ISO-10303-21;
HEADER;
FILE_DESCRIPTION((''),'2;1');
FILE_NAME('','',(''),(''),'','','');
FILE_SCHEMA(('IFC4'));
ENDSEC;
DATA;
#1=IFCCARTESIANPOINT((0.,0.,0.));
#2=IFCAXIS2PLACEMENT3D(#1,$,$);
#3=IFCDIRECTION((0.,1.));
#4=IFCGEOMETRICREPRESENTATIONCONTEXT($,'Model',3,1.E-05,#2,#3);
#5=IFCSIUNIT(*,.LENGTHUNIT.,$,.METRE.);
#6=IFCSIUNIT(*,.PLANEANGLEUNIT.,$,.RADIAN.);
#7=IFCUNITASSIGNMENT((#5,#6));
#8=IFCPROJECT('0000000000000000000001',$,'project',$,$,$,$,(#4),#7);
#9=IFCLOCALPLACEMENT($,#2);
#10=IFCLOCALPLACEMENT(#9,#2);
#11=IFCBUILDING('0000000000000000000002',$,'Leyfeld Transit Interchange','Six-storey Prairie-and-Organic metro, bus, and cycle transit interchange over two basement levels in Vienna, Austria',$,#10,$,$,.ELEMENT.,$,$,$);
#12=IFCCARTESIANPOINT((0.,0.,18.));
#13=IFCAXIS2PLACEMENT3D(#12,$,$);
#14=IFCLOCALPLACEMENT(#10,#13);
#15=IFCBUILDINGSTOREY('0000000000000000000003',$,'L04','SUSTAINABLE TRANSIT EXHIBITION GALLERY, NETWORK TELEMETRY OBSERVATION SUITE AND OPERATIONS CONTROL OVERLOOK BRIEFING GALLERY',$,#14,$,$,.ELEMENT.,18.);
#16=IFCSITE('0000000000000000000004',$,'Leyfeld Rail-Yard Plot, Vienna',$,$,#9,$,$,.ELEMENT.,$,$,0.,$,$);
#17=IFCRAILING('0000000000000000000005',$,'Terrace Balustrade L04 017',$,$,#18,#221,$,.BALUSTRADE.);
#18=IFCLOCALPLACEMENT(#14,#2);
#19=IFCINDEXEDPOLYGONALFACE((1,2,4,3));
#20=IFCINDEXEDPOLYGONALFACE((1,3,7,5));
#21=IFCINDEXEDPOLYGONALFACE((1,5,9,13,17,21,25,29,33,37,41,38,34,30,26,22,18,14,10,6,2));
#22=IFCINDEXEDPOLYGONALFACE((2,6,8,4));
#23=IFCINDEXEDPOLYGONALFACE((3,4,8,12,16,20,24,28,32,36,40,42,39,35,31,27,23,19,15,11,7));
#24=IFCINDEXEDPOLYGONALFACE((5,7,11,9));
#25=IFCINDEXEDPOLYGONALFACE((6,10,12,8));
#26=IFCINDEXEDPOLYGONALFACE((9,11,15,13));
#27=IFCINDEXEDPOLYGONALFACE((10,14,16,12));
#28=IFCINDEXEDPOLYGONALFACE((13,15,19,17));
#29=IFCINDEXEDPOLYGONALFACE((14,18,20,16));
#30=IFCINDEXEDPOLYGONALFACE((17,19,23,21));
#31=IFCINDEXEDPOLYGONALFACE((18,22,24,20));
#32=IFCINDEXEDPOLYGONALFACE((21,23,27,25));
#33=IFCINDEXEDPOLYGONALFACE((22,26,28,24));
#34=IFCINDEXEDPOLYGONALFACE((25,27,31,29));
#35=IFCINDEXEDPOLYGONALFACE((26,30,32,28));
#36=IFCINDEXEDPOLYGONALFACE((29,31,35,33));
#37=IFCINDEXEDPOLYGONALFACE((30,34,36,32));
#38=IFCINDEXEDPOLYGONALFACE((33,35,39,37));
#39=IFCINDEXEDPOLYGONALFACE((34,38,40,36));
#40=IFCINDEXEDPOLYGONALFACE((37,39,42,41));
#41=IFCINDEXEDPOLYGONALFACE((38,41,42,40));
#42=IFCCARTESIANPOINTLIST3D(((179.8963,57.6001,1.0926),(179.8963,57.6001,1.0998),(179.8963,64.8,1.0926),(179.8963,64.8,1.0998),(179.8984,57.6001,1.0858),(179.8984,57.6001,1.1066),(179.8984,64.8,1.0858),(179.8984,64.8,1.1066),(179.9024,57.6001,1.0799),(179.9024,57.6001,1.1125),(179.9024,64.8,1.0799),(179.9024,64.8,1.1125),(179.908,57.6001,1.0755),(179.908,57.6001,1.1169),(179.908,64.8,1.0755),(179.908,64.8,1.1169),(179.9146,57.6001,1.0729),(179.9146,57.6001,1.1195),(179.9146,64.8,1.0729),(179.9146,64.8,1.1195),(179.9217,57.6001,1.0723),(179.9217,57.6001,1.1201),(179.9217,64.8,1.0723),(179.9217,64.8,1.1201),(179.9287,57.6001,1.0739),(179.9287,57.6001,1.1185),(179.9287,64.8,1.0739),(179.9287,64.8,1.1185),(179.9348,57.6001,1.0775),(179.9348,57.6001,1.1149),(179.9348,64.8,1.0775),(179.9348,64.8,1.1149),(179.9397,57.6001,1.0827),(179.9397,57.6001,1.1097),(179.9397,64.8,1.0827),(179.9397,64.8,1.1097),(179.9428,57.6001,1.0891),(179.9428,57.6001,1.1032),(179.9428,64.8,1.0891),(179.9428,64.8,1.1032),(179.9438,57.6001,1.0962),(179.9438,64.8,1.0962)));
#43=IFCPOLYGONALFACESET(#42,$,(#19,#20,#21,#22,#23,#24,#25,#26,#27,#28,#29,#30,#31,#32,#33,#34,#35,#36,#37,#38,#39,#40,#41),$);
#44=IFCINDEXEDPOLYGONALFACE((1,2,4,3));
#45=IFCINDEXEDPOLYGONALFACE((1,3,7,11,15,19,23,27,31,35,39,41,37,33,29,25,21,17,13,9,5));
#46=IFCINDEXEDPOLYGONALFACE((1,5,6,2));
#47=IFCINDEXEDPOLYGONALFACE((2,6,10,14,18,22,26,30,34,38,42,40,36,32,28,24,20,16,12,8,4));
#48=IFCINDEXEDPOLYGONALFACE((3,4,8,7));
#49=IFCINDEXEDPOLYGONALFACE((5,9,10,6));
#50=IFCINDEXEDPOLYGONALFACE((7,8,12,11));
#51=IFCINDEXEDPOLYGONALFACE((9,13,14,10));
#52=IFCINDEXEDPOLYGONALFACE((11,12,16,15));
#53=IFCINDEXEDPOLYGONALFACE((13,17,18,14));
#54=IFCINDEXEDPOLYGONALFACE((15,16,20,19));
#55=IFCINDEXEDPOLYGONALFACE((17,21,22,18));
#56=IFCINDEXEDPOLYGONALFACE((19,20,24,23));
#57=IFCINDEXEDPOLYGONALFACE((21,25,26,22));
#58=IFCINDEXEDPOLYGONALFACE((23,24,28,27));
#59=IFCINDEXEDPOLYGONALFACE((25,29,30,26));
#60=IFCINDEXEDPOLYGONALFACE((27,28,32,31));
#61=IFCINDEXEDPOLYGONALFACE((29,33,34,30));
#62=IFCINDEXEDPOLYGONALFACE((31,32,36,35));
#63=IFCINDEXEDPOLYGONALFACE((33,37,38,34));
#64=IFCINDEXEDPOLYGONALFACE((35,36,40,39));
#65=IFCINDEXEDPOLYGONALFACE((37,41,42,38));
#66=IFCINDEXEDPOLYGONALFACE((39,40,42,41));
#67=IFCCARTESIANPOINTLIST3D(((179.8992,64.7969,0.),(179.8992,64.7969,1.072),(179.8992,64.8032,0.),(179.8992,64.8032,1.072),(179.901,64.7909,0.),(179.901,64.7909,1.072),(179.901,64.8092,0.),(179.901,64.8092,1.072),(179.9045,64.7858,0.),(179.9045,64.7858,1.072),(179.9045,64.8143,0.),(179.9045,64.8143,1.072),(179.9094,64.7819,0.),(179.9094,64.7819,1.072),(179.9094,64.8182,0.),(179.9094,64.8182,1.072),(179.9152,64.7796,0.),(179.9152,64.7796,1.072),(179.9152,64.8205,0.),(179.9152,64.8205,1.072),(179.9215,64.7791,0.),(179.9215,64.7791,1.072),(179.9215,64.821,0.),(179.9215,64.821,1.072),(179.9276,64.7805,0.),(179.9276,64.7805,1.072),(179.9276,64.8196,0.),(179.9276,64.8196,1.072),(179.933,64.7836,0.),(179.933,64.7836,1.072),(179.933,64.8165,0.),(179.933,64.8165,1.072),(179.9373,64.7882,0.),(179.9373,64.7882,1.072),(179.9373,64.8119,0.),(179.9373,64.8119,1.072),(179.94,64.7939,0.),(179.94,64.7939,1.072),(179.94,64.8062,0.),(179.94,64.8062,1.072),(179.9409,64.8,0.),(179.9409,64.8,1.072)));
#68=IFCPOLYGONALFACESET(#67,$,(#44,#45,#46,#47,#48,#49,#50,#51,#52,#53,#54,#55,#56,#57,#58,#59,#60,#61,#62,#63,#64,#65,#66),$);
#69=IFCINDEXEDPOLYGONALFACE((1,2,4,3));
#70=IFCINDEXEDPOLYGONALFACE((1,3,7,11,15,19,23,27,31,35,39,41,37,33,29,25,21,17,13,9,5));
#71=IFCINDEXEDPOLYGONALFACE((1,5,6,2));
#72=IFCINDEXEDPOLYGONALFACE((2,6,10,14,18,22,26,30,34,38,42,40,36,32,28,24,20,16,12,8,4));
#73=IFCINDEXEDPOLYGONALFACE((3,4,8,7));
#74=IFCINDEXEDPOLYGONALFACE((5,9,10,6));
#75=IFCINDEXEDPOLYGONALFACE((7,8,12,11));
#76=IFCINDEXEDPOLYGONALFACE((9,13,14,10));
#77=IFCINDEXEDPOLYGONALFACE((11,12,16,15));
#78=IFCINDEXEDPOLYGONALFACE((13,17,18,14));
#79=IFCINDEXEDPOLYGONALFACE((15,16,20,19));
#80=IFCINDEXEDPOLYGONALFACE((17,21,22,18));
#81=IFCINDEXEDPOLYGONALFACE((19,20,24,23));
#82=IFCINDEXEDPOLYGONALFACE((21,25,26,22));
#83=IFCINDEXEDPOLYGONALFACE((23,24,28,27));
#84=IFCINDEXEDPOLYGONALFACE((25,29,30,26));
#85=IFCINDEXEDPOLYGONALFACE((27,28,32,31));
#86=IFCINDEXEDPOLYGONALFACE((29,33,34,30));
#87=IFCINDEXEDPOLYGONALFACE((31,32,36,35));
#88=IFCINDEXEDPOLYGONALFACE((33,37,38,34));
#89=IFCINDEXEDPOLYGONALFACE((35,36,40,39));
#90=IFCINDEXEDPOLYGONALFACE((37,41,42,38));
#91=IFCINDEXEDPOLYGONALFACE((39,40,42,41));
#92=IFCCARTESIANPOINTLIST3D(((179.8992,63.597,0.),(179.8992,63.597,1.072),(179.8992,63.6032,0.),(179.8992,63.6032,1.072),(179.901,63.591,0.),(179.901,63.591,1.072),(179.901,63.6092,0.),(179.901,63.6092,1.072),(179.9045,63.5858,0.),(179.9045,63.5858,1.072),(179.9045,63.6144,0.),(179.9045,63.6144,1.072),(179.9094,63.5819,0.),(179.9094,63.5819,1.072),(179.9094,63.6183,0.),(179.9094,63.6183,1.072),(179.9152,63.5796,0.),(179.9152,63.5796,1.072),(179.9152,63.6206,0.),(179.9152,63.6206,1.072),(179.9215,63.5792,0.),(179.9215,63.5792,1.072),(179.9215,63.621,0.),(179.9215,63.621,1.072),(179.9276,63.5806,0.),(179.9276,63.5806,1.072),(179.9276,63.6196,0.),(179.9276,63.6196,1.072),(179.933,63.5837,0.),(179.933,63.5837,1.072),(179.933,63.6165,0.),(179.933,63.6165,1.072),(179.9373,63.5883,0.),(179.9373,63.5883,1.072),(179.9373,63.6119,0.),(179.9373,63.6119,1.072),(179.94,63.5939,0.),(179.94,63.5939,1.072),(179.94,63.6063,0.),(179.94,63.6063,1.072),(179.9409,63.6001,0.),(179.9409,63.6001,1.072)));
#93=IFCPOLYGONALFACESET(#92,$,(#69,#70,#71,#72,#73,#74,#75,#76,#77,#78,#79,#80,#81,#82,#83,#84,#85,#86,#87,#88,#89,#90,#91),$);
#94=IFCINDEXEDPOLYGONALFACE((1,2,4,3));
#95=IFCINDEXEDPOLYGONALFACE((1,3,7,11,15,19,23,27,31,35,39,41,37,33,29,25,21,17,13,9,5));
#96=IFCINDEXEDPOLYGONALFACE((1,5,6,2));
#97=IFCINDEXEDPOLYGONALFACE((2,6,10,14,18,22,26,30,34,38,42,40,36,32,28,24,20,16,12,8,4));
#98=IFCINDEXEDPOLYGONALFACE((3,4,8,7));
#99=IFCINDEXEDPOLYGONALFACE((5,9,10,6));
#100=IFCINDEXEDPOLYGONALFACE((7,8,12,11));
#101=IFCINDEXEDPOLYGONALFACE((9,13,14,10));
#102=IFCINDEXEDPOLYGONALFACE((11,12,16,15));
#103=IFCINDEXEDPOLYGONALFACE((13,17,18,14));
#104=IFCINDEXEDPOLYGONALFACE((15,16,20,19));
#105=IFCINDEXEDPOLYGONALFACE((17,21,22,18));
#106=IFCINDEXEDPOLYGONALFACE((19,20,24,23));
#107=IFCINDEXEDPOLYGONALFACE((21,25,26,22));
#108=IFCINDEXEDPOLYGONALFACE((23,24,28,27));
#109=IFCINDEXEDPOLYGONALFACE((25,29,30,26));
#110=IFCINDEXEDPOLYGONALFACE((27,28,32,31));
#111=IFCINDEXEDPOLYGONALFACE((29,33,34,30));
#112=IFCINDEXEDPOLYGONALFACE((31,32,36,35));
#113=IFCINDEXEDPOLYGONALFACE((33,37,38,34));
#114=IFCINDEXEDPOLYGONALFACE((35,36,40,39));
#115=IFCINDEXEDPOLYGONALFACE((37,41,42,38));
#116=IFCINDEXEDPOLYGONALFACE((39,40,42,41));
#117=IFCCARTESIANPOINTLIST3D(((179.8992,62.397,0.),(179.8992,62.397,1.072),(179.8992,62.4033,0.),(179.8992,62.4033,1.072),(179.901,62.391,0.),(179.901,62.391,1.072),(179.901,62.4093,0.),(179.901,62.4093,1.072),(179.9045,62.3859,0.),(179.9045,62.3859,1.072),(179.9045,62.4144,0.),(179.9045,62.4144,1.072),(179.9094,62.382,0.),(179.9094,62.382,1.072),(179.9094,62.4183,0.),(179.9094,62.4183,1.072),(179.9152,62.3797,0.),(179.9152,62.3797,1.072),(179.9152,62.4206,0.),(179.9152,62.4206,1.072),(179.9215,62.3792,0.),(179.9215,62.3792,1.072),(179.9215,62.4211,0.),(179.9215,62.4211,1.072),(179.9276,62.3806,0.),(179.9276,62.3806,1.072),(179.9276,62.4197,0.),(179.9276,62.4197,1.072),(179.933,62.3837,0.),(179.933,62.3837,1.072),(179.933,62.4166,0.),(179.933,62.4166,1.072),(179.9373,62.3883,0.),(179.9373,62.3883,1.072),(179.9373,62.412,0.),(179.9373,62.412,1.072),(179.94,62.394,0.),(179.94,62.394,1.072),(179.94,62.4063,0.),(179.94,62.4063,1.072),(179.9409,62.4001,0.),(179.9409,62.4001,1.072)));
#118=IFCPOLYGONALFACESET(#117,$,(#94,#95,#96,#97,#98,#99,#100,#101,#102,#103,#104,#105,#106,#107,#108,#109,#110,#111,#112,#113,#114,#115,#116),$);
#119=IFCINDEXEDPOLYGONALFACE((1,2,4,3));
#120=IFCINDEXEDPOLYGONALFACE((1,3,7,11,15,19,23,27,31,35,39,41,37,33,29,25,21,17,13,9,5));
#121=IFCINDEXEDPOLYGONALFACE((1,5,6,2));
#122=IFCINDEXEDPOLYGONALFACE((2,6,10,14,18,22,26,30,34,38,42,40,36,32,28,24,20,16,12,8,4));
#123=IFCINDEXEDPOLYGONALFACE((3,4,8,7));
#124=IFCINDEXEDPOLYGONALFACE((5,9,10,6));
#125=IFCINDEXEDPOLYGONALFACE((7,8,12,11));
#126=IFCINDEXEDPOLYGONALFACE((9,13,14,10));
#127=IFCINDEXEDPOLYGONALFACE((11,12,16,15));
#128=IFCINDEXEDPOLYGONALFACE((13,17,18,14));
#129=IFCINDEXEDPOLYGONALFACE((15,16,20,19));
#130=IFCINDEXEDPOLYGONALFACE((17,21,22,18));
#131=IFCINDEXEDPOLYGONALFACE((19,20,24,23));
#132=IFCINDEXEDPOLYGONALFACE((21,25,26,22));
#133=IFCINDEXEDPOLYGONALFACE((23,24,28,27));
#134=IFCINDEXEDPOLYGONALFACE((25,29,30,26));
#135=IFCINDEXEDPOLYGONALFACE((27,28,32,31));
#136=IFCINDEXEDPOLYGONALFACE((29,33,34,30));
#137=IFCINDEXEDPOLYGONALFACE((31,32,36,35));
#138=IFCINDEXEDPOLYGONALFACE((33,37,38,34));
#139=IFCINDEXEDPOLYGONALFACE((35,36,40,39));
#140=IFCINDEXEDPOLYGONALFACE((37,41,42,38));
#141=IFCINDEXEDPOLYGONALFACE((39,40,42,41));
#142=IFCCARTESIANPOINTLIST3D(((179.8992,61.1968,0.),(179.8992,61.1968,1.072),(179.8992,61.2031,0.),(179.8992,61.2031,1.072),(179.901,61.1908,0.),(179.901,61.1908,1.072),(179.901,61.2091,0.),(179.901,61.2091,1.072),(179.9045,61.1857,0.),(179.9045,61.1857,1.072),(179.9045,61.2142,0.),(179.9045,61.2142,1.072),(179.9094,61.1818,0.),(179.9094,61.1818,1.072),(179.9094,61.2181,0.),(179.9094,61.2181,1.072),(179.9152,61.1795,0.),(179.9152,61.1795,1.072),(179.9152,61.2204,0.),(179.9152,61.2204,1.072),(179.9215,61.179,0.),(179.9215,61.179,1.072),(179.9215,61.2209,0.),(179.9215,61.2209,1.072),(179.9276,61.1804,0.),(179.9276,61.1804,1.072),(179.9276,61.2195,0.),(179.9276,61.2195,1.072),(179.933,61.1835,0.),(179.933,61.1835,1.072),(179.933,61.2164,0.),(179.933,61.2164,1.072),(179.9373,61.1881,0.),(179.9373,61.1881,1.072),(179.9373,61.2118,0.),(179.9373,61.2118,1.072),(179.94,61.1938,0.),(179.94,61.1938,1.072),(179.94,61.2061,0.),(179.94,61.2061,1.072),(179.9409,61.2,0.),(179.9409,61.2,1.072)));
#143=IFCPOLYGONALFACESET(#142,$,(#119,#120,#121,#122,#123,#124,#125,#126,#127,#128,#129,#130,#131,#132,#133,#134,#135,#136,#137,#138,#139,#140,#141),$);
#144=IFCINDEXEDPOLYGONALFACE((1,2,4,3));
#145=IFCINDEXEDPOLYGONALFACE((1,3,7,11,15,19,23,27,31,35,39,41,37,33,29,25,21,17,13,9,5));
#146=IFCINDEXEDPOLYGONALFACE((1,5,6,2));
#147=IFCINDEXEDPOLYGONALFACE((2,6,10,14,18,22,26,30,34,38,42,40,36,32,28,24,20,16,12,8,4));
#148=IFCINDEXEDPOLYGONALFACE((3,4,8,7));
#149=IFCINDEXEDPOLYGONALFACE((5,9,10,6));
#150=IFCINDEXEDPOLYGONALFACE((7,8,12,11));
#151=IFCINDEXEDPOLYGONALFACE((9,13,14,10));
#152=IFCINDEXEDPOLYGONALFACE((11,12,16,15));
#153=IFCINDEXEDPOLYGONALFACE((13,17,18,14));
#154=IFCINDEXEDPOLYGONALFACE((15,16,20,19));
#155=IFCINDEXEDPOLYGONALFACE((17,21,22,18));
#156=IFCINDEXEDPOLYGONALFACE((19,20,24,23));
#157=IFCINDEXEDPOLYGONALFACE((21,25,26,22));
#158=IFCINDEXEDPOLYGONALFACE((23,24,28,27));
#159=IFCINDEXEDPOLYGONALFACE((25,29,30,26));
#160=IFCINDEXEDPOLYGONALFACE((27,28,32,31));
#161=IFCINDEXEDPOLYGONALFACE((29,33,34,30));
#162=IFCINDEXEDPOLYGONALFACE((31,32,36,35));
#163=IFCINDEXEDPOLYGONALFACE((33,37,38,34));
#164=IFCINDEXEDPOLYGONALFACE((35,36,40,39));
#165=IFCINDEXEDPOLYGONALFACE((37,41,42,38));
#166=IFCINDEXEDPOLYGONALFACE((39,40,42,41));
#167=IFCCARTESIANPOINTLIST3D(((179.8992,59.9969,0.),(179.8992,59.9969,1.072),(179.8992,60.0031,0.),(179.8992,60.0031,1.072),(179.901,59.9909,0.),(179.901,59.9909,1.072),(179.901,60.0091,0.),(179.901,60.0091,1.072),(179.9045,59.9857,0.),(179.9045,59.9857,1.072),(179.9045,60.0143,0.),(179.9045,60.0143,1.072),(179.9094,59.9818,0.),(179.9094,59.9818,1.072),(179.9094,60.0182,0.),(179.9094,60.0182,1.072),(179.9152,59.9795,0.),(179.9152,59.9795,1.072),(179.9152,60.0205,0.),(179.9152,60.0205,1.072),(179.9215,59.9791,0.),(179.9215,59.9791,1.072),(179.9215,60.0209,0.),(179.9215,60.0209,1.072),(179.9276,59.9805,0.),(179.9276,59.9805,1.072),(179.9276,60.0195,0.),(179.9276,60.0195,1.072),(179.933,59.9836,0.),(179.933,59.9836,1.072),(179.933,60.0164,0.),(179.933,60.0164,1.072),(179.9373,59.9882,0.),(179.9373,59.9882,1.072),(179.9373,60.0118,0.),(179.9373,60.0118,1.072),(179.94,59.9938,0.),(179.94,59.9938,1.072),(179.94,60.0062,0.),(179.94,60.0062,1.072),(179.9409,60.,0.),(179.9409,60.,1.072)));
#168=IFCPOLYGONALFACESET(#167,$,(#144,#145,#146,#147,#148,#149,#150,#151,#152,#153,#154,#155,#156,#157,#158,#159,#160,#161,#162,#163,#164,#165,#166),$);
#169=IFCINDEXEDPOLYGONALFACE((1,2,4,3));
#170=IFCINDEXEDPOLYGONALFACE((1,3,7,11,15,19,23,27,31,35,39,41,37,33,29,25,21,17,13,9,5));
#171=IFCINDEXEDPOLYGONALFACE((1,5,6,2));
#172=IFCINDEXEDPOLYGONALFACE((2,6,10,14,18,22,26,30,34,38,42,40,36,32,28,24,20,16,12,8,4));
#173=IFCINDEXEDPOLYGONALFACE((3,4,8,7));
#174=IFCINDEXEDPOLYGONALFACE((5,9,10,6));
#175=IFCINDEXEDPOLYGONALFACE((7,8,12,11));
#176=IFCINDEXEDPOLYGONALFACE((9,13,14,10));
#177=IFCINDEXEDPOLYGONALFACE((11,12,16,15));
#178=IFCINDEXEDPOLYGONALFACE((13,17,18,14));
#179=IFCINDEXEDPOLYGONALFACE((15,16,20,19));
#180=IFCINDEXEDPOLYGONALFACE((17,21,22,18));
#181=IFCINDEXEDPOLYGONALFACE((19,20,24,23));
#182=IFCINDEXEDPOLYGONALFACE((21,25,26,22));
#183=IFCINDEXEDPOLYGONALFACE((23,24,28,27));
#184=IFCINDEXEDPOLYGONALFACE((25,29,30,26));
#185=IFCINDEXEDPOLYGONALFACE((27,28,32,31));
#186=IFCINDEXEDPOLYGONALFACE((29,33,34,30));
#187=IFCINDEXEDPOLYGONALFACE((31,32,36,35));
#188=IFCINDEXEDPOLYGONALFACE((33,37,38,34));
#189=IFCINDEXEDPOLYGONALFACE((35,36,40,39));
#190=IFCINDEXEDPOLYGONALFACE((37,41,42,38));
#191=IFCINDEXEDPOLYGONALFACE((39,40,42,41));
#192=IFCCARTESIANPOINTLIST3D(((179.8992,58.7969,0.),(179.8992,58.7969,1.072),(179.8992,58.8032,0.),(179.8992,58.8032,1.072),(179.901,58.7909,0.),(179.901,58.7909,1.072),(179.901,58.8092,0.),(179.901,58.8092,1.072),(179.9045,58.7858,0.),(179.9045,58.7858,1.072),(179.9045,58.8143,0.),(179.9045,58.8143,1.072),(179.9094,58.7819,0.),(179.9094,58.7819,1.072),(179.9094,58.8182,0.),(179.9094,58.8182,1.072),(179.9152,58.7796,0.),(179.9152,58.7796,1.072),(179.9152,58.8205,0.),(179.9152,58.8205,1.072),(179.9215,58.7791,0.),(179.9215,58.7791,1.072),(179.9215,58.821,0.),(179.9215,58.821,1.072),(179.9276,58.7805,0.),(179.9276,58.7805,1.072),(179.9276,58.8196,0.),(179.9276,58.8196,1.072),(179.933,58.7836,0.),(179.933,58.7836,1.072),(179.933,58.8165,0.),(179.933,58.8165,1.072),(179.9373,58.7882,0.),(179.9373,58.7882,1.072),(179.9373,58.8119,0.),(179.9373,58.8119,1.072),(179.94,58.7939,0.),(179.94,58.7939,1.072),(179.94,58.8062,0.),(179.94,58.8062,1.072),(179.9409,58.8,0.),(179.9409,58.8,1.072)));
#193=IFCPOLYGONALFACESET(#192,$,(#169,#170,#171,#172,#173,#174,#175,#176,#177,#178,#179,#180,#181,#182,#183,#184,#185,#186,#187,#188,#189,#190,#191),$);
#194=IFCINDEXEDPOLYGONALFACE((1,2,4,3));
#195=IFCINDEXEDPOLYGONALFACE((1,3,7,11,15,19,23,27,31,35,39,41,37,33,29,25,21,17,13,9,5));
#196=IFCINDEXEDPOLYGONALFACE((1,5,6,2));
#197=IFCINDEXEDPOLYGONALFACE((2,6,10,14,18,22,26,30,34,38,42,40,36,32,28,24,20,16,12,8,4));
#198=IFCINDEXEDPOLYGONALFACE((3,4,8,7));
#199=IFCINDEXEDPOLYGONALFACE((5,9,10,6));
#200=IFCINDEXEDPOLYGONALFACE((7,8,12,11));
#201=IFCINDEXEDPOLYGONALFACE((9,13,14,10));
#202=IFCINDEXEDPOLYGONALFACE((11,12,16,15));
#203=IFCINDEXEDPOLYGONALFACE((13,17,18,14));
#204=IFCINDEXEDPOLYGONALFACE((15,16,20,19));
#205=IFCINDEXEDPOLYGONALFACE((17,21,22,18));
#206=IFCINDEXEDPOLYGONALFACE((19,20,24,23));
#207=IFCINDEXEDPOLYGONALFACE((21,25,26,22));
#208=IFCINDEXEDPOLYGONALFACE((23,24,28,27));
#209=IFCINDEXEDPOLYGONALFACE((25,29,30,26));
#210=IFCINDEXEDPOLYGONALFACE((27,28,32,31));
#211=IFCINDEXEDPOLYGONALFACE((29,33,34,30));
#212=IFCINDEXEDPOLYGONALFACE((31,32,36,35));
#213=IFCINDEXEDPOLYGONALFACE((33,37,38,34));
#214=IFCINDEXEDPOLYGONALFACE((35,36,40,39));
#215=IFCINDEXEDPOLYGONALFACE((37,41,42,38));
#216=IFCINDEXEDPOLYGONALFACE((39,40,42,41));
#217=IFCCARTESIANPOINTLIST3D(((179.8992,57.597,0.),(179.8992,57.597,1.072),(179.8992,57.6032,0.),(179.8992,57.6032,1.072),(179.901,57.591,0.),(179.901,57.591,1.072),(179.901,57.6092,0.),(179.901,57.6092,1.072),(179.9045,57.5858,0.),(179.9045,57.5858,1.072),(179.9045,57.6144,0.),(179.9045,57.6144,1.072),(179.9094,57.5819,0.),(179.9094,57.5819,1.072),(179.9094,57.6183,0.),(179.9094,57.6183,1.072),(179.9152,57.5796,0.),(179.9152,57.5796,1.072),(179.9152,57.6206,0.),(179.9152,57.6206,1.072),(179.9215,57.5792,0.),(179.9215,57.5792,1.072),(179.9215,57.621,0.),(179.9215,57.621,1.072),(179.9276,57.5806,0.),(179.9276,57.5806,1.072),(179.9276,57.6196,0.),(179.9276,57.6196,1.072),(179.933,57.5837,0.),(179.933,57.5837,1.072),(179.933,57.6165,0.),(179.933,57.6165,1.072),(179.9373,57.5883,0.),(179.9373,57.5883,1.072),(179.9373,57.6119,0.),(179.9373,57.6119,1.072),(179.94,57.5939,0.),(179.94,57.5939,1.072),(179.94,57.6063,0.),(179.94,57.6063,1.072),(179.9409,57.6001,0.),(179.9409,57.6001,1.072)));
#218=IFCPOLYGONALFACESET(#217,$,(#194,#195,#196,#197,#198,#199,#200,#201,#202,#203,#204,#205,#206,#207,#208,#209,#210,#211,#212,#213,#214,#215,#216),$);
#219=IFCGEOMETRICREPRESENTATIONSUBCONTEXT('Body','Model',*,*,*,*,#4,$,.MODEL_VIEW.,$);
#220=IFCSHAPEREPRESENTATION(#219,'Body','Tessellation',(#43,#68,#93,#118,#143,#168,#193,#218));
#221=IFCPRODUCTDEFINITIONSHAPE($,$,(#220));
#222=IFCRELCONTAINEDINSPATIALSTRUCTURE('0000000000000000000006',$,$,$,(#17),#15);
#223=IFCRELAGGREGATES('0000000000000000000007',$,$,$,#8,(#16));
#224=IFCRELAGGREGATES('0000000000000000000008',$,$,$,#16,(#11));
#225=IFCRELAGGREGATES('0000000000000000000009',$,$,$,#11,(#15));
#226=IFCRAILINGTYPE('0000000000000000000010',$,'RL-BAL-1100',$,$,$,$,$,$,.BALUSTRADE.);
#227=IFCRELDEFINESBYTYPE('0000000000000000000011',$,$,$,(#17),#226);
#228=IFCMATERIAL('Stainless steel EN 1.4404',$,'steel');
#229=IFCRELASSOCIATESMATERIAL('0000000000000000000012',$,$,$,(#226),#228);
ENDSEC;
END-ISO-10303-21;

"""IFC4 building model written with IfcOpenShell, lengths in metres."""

from ifc_helpers import new_model, si_unit, direction, frame, origin, origin_2d, place, context, subcontext, project, spatial, circle, extrude, material, type_object, element, save


model = new_model("IFC4")

# Units and contexts
model_context = context("Model", 3, precision=1e-05, world=origin(), true_north=direction((0.0, 1.0)))
body_context = subcontext(model_context, "Body", "Model", "MODEL_VIEW")
ifc_project = project(units=[si_unit("LENGTHUNIT", "METRE"), si_unit("PLANEANGLEUNIT", "RADIAN")], contexts=[model_context])

# Site, building, storey
site_placement = place(None, origin())
site = spatial("IfcSite", under=ifc_project, at=site_placement, Name="Leyfeld Rail-Yard Plot, Vienna", CompositionType="ELEMENT", RefElevation=0.0)
building_placement = place(site_placement, origin())
building = spatial("IfcBuilding", under=site, at=building_placement, Name="Leyfeld Transit Interchange", Description="Six-storey Prairie-and-Organic metro, bus, and cycle transit interchange over two basement levels in Vienna, Austria", CompositionType="ELEMENT")
storey_placement = place(building_placement, frame((0.0, 0.0, 18.0)))
storey = spatial("IfcBuildingStorey", under=building, at=storey_placement, Name="L04", Description="SUSTAINABLE TRANSIT EXHIBITION GALLERY, NETWORK TELEMETRY OBSERVATION SUITE AND OPERATIONS CONTROL OVERLOOK BRIEFING GALLERY", CompositionType="ELEMENT", Elevation=18.0)

# Railing
ifc_material_1 = material(Name="Stainless steel EN 1.4404", Category="steel")
railing_type = type_object("IfcRailingType", Name="RL-BAL-1100", PredefinedType="BALUSTRADE", material=ifc_material_1)
railing_1_placement = place(storey_placement, frame((179.9199, 64.8, 0.0)))
element("IfcRailing", 1, at=railing_1_placement, inside=storey, type_object=railing_type, Name="Terrace Balustrade L04 017", PredefinedType="BALUSTRADE", context=body_context, shape_type="SweptSolid", body=[
    extrude(circle(Radius=0.0239, at=origin_2d()), frame((0.0, 0.0, 1.0962), z_axis=(0.0, -1.0, 0.0), x_axis=(1.0, 0.0, 0.0)), (0.0, 0.0, 1.0), 7.2),
    extrude(circle(Radius=0.021, at=origin_2d()), origin(), (0.0, 0.0, 1.0), 1.072),
    extrude(circle(Radius=0.021, at=origin_2d()), frame((0.0, -1.2, 0.0)), (0.0, 0.0, 1.0), 1.072),
    extrude(circle(Radius=0.021, at=origin_2d()), frame((0.0, -2.3999, 0.0)), (0.0, 0.0, 1.0), 1.072),
    extrude(circle(Radius=0.021, at=origin_2d()), frame((0.0, -3.6001, 0.0)), (0.0, 0.0, 1.0), 1.072),
    extrude(circle(Radius=0.021, at=origin_2d()), frame((0.0, -4.8, 0.0)), (0.0, 0.0, 1.0), 1.072),
    extrude(circle(Radius=0.021, at=origin_2d()), frame((0.0, -6.0, 0.0)), (0.0, 0.0, 1.0), 1.072),
    extrude(circle(Radius=0.021, at=origin_2d()), frame((0.0, -7.2, 0.0)), (0.0, 0.0, 1.0), 1.072),
])

save(model, "model.ifc")
